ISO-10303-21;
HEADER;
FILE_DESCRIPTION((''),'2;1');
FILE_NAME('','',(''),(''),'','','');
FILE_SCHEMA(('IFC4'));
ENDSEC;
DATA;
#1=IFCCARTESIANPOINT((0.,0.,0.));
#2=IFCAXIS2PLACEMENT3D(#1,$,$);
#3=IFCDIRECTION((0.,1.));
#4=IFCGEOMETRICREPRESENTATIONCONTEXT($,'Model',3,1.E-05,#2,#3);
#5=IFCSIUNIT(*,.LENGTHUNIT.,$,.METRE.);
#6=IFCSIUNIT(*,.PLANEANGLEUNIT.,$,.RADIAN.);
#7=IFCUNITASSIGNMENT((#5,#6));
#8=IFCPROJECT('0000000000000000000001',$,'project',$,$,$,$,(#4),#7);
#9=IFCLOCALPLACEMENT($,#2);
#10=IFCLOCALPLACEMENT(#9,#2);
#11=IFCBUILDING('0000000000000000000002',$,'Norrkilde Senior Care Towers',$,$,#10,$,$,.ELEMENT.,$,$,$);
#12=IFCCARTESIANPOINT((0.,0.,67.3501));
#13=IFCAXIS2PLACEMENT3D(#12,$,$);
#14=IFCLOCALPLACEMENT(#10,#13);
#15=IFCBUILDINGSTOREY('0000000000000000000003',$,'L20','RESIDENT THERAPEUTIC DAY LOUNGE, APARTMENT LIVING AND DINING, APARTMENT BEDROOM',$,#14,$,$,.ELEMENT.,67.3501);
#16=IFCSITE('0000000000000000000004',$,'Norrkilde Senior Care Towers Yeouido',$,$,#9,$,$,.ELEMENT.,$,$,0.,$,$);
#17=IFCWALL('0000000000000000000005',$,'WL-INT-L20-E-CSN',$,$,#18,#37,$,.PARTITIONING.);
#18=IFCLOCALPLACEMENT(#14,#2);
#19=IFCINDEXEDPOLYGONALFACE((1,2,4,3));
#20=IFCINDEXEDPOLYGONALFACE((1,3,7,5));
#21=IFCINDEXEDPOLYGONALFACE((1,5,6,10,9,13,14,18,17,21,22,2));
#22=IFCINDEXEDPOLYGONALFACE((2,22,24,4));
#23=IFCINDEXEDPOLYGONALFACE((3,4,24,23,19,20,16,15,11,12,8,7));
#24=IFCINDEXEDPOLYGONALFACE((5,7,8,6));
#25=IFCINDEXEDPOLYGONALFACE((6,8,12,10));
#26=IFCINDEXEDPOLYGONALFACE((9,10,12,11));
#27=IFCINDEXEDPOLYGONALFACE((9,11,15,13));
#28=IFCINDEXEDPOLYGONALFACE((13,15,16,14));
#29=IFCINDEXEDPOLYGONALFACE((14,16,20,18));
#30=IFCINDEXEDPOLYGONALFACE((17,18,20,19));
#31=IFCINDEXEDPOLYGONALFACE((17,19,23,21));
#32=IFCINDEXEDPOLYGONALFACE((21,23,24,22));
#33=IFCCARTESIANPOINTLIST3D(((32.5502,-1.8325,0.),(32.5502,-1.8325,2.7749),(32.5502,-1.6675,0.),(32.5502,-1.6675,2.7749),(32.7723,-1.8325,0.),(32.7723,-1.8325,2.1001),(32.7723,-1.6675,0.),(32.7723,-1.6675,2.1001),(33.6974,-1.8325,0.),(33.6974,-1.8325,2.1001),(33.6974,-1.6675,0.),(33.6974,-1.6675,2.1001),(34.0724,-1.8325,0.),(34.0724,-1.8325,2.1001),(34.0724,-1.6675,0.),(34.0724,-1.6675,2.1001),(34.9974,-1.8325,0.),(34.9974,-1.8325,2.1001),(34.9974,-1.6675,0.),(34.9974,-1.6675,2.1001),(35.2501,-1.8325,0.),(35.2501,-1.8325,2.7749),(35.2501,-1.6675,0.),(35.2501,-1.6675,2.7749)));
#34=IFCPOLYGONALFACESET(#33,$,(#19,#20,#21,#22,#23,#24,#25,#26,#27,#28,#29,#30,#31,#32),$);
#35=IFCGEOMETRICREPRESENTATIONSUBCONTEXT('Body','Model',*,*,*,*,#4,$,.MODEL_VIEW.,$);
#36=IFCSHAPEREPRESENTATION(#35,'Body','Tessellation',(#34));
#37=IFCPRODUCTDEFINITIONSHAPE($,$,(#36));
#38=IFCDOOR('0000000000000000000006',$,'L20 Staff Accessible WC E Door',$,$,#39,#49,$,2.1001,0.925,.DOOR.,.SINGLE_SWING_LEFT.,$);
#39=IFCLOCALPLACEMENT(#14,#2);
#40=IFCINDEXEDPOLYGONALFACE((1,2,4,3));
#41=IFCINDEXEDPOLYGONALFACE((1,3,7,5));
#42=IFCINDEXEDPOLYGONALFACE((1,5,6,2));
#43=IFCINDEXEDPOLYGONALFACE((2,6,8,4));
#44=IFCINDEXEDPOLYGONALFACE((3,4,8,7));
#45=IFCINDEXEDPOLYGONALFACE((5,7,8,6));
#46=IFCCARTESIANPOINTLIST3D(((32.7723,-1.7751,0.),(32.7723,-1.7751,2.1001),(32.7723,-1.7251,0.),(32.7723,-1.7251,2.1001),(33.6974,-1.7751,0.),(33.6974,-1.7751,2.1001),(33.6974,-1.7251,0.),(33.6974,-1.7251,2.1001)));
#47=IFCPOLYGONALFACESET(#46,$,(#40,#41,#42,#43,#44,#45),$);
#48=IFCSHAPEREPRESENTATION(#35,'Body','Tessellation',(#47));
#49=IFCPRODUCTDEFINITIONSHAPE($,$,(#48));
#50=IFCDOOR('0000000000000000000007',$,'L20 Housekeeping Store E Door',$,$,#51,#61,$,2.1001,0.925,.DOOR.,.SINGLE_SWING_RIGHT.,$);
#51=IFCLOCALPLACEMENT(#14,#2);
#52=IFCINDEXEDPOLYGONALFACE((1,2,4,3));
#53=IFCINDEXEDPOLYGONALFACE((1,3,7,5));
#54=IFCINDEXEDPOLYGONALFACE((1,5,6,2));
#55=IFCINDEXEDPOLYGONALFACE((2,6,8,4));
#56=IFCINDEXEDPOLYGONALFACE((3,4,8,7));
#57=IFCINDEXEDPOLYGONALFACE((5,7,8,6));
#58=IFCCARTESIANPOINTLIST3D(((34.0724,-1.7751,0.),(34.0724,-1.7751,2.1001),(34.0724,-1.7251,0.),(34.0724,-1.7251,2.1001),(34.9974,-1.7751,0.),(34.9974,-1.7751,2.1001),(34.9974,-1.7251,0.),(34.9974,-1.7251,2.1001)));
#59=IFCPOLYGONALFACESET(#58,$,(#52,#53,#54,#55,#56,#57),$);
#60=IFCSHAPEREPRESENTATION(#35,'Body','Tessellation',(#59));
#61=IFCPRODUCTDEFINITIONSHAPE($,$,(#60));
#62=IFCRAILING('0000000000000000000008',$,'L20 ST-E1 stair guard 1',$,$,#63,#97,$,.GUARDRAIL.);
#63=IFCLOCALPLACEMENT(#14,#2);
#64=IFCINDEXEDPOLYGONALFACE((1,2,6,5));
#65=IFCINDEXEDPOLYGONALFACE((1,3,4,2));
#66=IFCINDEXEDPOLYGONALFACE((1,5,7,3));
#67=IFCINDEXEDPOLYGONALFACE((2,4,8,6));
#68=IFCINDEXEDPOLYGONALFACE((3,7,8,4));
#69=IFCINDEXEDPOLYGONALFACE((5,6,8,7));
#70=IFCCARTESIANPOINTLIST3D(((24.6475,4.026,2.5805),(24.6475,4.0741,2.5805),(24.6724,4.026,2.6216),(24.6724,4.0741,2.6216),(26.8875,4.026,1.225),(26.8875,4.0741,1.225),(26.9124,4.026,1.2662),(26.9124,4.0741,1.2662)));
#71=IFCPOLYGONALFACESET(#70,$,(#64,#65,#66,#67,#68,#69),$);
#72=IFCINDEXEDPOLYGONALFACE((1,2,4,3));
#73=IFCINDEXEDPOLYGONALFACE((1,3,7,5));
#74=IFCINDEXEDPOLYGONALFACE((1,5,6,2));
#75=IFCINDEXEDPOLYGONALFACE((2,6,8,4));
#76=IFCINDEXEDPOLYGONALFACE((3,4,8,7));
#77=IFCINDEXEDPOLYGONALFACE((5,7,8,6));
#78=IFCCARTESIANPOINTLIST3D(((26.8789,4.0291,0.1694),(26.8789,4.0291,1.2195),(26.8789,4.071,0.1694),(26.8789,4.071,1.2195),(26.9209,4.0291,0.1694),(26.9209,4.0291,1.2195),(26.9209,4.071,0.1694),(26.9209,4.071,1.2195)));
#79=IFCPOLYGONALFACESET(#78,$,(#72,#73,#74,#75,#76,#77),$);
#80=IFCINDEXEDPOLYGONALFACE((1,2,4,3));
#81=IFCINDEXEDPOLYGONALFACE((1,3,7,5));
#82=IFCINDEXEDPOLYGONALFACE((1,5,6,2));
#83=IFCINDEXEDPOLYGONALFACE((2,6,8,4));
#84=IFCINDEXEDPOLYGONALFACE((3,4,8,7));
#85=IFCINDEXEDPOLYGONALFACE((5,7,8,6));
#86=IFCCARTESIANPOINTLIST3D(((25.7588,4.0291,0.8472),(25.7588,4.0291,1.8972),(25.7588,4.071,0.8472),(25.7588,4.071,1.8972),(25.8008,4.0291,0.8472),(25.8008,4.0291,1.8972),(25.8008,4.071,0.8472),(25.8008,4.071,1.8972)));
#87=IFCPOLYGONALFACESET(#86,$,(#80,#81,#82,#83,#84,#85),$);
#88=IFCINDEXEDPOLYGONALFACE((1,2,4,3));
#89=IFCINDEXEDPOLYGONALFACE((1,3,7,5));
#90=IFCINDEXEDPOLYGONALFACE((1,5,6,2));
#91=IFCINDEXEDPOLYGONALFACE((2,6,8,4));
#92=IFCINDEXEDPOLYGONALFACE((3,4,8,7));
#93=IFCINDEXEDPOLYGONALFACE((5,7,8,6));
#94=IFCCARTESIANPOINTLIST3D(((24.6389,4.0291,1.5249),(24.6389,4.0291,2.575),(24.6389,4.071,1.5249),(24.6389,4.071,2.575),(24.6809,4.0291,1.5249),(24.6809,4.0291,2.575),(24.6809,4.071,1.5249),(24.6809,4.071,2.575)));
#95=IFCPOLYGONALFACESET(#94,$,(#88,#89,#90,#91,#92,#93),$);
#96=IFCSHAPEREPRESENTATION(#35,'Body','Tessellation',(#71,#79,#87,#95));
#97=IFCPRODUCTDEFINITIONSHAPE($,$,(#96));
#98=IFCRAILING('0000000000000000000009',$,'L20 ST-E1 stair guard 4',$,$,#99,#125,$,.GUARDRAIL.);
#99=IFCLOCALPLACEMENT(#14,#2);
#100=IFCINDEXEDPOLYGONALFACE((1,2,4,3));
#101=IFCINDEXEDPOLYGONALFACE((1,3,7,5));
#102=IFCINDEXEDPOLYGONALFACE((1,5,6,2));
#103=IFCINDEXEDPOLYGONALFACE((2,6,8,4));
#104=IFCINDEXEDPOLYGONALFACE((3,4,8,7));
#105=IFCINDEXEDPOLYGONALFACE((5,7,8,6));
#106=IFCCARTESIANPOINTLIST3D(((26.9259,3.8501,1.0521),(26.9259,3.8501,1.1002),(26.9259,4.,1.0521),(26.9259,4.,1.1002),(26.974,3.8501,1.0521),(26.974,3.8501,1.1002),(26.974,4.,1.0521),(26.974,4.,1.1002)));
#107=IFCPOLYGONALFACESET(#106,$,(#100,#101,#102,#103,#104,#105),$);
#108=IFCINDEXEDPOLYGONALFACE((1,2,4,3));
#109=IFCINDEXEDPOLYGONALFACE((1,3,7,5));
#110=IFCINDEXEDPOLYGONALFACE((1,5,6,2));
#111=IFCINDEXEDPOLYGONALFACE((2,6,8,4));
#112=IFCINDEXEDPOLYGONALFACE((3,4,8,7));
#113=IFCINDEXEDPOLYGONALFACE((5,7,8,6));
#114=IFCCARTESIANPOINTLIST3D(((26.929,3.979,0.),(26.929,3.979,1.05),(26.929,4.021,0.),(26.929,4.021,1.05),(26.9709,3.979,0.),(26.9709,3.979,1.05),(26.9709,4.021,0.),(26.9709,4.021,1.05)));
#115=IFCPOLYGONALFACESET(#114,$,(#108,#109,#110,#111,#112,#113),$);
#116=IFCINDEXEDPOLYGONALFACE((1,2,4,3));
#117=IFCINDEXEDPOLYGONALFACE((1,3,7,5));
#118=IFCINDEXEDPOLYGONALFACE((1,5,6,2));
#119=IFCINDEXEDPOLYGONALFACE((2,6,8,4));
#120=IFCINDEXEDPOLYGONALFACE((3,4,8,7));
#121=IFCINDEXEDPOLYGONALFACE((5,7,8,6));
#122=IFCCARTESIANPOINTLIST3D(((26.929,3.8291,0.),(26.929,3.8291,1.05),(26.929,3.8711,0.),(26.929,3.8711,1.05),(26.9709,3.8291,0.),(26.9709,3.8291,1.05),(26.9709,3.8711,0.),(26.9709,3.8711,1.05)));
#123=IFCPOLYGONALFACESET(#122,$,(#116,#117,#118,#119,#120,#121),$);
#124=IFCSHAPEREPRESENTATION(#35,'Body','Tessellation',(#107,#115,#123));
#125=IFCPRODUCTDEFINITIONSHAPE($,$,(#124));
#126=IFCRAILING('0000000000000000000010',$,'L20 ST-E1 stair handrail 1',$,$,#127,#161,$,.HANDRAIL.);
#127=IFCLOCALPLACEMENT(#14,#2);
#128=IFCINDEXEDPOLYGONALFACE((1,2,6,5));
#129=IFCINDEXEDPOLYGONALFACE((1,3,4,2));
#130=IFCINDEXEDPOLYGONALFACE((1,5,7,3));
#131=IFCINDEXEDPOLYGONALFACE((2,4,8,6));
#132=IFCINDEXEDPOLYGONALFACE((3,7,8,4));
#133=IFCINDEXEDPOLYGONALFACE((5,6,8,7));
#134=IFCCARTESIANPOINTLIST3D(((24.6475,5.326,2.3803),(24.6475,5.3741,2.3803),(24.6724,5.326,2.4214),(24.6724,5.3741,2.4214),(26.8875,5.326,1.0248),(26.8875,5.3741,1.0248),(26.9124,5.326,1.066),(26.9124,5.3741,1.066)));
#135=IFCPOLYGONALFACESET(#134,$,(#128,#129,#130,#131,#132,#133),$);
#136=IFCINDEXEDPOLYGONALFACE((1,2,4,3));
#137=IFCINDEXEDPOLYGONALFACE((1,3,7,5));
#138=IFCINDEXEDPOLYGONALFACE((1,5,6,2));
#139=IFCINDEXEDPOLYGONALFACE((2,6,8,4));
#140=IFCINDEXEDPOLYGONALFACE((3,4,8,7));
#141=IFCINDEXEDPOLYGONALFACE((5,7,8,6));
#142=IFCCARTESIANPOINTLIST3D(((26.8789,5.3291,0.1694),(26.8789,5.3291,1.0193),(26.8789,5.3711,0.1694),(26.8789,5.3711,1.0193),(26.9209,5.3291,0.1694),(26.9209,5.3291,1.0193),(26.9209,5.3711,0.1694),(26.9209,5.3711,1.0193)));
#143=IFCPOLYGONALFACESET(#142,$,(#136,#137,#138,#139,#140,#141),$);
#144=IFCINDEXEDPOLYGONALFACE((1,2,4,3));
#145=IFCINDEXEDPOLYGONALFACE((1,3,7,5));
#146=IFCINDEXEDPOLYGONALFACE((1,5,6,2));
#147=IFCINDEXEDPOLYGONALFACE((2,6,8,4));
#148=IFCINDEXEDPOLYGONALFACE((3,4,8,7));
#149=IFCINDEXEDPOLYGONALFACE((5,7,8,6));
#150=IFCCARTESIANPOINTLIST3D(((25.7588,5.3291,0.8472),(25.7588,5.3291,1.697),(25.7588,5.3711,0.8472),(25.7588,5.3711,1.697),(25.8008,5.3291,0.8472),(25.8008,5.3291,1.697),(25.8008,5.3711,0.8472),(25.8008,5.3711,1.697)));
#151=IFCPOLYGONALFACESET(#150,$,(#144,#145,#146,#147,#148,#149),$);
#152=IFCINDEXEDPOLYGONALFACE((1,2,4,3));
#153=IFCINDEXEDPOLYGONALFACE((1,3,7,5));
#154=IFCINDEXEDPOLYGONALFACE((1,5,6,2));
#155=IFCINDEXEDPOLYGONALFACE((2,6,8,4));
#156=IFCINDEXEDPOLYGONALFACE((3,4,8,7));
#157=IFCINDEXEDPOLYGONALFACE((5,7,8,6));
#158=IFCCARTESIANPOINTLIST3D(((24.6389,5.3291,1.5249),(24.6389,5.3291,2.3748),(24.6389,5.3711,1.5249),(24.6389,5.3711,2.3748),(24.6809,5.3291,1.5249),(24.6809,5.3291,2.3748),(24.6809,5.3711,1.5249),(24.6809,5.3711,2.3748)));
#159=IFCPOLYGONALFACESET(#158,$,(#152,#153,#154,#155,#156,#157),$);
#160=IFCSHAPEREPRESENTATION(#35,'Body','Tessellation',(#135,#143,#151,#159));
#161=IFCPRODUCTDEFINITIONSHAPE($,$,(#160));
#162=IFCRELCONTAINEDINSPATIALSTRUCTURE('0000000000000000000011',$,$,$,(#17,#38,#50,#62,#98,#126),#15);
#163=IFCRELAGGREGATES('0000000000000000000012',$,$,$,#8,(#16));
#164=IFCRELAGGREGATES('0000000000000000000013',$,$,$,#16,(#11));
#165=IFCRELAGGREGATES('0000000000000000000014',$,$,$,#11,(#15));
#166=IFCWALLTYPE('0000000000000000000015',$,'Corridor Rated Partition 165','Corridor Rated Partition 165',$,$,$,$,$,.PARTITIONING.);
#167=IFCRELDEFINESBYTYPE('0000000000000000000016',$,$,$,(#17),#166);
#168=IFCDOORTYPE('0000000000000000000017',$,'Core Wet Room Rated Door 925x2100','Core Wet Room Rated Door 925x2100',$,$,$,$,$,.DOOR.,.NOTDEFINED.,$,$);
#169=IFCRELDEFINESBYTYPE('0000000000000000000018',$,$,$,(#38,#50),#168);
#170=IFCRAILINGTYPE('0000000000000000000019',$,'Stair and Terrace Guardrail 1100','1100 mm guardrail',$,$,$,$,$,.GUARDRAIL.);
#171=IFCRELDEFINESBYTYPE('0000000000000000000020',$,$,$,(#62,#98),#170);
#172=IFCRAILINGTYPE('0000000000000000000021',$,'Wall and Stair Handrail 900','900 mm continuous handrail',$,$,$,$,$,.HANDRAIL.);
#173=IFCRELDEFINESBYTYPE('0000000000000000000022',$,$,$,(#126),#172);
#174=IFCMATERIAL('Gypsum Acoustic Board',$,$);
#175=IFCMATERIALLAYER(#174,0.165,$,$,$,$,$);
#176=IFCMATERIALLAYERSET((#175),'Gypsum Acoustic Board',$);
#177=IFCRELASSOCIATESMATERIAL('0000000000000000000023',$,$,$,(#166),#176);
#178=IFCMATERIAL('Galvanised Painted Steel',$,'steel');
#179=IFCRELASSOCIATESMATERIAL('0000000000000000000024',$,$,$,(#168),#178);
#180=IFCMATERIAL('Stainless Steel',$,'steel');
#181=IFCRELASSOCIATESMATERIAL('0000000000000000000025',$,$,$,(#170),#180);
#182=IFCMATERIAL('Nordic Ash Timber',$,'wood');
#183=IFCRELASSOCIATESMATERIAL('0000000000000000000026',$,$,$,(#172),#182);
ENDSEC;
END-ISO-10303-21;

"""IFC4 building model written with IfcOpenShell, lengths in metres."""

from ifc_helpers import new_model, si_unit, direction, frame, frame_2d, origin, origin_2d, place, context, subcontext, project, spatial, rectangle, extrude, source, transform, mapped, material, layer, layer_set, type_object, type_shapes, element, fill, save


model = new_model("IFC4")

# Units and contexts
model_context = context("Model", 3, precision=1e-05, world=origin(), true_north=direction((0.0, 1.0)))
body_context = subcontext(model_context, "Body", "Model", "MODEL_VIEW")
ifc_project = project(units=[si_unit("LENGTHUNIT", "METRE"), si_unit("PLANEANGLEUNIT", "RADIAN")], contexts=[model_context])

# Site, building, storey
site_placement = place(None, origin())
site = spatial("IfcSite", under=ifc_project, at=site_placement, Name="Norrkilde Senior Care Towers Yeouido", CompositionType="ELEMENT", RefElevation=0.0)
building_placement = place(site_placement, origin())
building = spatial("IfcBuilding", under=site, at=building_placement, Name="Norrkilde Senior Care Towers", CompositionType="ELEMENT")
storey_placement = place(building_placement, frame((0.0, 0.0, 67.3501)))
storey = spatial("IfcBuildingStorey", under=building, at=storey_placement, Name="L20", Description="RESIDENT THERAPEUTIC DAY LOUNGE, APARTMENT LIVING AND DINING, APARTMENT BEDROOM", CompositionType="ELEMENT", Elevation=67.3501)

# Shared definitions
ifc_material_1 = material(Name="Galvanised Painted Steel", Category="steel")

# Shared definitions
ifc_material_2 = material(Name="Stainless Steel", Category="steel")

# Wall, openings, doors
ifc_material_3 = material(Name="Gypsum Acoustic Board")
ifc_layer_1 = layer(ifc_material_3, 0.165)
ifc_layer_set_1 = layer_set([ifc_layer_1], Name="Gypsum Acoustic Board")
wall_type_1 = type_object("IfcWallType", Name="Corridor Rated Partition 165", Description="Corridor Rated Partition 165", PredefinedType="PARTITIONING", material=ifc_layer_set_1)
shared_shape_1 = source(origin(), body_context, "Body", "SweptSolid", [
    extrude(rectangle(XDim=2.7, YDim=0.165, at=frame_2d((1.3501, 0.0))), origin(), (0.0, 0.0, 1.0), 2.7749),
])
type_shapes(wall_type_1, [shared_shape_1])
wall_1_placement = place(storey_placement, frame((32.55, -1.75, 0.0), z_axis=(0.0, 0.0, 1.0), x_axis=(1.0, 0.0, 0.0)))
wall_1 = element("IfcWall", 1, at=wall_1_placement, inside=storey, type_object=wall_type_1, Name="WL-INT-L20-E-CSN", PredefinedType="PARTITIONING", context=body_context, shape_type="MappedRepresentation", body=[
    mapped(shared_shape_1, transform((0.0, 0.0, 0.0), x_axis=(1.0, 0.0, 0.0), y_axis=(0.0, 1.0, 0.0), z_axis=(0.0, 0.0, 1.0), scale=1.0)),
])
opening_1_placement = place(wall_1_placement, frame((0.2224, 0.0, 0.0)))
opening_1 = element("IfcOpeningElement", 2, at=opening_1_placement, cuts=wall_1, PredefinedType="OPENING", context=body_context, shape_type="SweptSolid", body=[
    extrude(rectangle(XDim=0.925, YDim=2.1001, at=frame_2d((0.4624, 1.05))), frame((0.0, 0.0925, 0.0), z_axis=(0.0, -1.0, 0.0), x_axis=(1.0, 0.0, 0.0)), (0.0, 0.0, 1.0), 0.1851),
])
opening_2_placement = place(wall_1_placement, frame((1.5225, 0.0, 0.0)))
opening_2 = element("IfcOpeningElement", 3, at=opening_2_placement, cuts=wall_1, PredefinedType="OPENING", context=body_context, shape_type="SweptSolid", body=[
    extrude(rectangle(XDim=0.925, YDim=2.1001, at=frame_2d((0.4624, 1.05))), frame((0.0, 0.0925, 0.0), z_axis=(0.0, -1.0, 0.0), x_axis=(1.0, 0.0, 0.0)), (0.0, 0.0, 1.0), 0.1851),
])
door_type_1 = type_object("IfcDoorType", Name="Core Wet Room Rated Door 925x2100", Description="Core Wet Room Rated Door 925x2100", OperationType="NOTDEFINED", PredefinedType="DOOR", material=ifc_material_1)
shared_shape_2 = source(origin(), body_context, "Body", "SweptSolid", [
    extrude(rectangle(XDim=0.925, YDim=2.1001, at=frame_2d((0.4624, 1.05))), frame((0.0, 0.0249, 0.0), z_axis=(0.0, -1.0, 0.0), x_axis=(1.0, 0.0, 0.0)), (0.0, 0.0, 1.0), 0.05),
])
type_shapes(door_type_1, [shared_shape_2])
door_1_placement = place(opening_1_placement, origin())
door_1 = element("IfcDoor", 4, at=door_1_placement, inside=storey, type_object=door_type_1, Name="L20 Staff Accessible WC E Door", OperationType="SINGLE_SWING_LEFT", OverallHeight=2.1001, OverallWidth=0.925, PredefinedType="DOOR", context=body_context, shape_type="MappedRepresentation", body=[
    mapped(shared_shape_2, transform((0.0, 0.0, 0.0), x_axis=(1.0, 0.0, 0.0), y_axis=(0.0, 1.0, 0.0), z_axis=(0.0, 0.0, 1.0), scale=1.0)),
])
fill(opening_1, door_1)
door_2_placement = place(opening_2_placement, origin())
door_2 = element("IfcDoor", 5, at=door_2_placement, inside=storey, type_object=door_type_1, Name="L20 Housekeeping Store E Door", OperationType="SINGLE_SWING_RIGHT", OverallHeight=2.1001, OverallWidth=0.925, PredefinedType="DOOR", context=body_context, shape_type="MappedRepresentation", body=[
    mapped(shared_shape_2, transform((0.0, 0.0, 0.0), x_axis=(1.0, 0.0, 0.0), y_axis=(0.0, 1.0, 0.0), z_axis=(0.0, 0.0, 1.0), scale=1.0)),
])
fill(opening_2, door_2)

# Railings
railing_type_1 = type_object("IfcRailingType", Name="Stair and Terrace Guardrail 1100", Description="1100 mm guardrail", PredefinedType="GUARDRAIL", material=ifc_material_2)
railing_1_placement = place(storey_placement, frame((26.8999, 4.05, 0.1694)))
element("IfcRailing", 6, at=railing_1_placement, inside=storey, type_object=railing_type_1, Name="L20 ST-E1 stair guard 1", PredefinedType="GUARDRAIL", context=body_context, shape_type="SweptSolid", body=[
    extrude(rectangle(XDim=0.0481, YDim=0.0481, at=origin_2d()), frame((0.0, 0.0, 1.0762), z_axis=(-0.855553, 0.0, 0.517715), x_axis=(0.0, -1.0, 0.0)), (0.0, 0.0, 1.0), 2.6182),
    extrude(rectangle(XDim=0.042, YDim=0.042, at=origin_2d()), origin(), (0.0, 0.0, 1.0), 1.05),
    extrude(rectangle(XDim=0.042, YDim=0.042, at=origin_2d()), frame((-1.1201, 0.0, 0.6777)), (0.0, 0.0, 1.0), 1.05),
    extrude(rectangle(XDim=0.042, YDim=0.042, at=origin_2d()), frame((-2.24, 0.0, 1.3555)), (0.0, 0.0, 1.0), 1.05),
])
railing_2_placement = place(storey_placement, frame((26.95, 4.0, 0.0)))
element("IfcRailing", 7, at=railing_2_placement, inside=storey, type_object=railing_type_1, Name="L20 ST-E1 stair guard 4", PredefinedType="GUARDRAIL", context=body_context, shape_type="SweptSolid", body=[
    extrude(rectangle(XDim=0.0481, YDim=0.0481, at=origin_2d()), frame((0.0, 0.0, 1.0762), z_axis=(0.0, -1.0, 0.0), x_axis=(1.0, 0.0, 0.0)), (0.0, 0.0, 1.0), 0.1499),
    extrude(rectangle(XDim=0.042, YDim=0.042, at=origin_2d()), origin(), (0.0, 0.0, 1.0), 1.05),
    extrude(rectangle(XDim=0.042, YDim=0.042, at=origin_2d()), frame((0.0, -0.1499, 0.0)), (0.0, 0.0, 1.0), 1.05),
])
ifc_material_4 = material(Name="Nordic Ash Timber", Category="wood")
railing_type_2 = type_object("IfcRailingType", Name="Wall and Stair Handrail 900", Description="900 mm continuous handrail", PredefinedType="HANDRAIL", material=ifc_material_4)
railing_3_placement = place(storey_placement, frame((26.8999, 5.3501, 0.1694)))
element("IfcRailing", 8, at=railing_3_placement, inside=storey, type_object=railing_type_2, Name="L20 ST-E1 stair handrail 1", PredefinedType="HANDRAIL", context=body_context, shape_type="SweptSolid", body=[
    extrude(rectangle(XDim=0.0481, YDim=0.0481, at=origin_2d()), frame((0.0, 0.0, 0.876), z_axis=(-0.855553, 0.0, 0.517715), x_axis=(0.0, -1.0, 0.0)), (0.0, 0.0, 1.0), 2.6182),
    extrude(rectangle(XDim=0.042, YDim=0.042, at=origin_2d()), origin(), (0.0, 0.0, 1.0), 0.8499),
    extrude(rectangle(XDim=0.042, YDim=0.042, at=origin_2d()), frame((-1.1201, 0.0, 0.6777)), (0.0, 0.0, 1.0), 0.8499),
    extrude(rectangle(XDim=0.042, YDim=0.042, at=origin_2d()), frame((-2.24, 0.0, 1.3555)), (0.0, 0.0, 1.0), 0.8499),
])

save(model, "model.ifc")
